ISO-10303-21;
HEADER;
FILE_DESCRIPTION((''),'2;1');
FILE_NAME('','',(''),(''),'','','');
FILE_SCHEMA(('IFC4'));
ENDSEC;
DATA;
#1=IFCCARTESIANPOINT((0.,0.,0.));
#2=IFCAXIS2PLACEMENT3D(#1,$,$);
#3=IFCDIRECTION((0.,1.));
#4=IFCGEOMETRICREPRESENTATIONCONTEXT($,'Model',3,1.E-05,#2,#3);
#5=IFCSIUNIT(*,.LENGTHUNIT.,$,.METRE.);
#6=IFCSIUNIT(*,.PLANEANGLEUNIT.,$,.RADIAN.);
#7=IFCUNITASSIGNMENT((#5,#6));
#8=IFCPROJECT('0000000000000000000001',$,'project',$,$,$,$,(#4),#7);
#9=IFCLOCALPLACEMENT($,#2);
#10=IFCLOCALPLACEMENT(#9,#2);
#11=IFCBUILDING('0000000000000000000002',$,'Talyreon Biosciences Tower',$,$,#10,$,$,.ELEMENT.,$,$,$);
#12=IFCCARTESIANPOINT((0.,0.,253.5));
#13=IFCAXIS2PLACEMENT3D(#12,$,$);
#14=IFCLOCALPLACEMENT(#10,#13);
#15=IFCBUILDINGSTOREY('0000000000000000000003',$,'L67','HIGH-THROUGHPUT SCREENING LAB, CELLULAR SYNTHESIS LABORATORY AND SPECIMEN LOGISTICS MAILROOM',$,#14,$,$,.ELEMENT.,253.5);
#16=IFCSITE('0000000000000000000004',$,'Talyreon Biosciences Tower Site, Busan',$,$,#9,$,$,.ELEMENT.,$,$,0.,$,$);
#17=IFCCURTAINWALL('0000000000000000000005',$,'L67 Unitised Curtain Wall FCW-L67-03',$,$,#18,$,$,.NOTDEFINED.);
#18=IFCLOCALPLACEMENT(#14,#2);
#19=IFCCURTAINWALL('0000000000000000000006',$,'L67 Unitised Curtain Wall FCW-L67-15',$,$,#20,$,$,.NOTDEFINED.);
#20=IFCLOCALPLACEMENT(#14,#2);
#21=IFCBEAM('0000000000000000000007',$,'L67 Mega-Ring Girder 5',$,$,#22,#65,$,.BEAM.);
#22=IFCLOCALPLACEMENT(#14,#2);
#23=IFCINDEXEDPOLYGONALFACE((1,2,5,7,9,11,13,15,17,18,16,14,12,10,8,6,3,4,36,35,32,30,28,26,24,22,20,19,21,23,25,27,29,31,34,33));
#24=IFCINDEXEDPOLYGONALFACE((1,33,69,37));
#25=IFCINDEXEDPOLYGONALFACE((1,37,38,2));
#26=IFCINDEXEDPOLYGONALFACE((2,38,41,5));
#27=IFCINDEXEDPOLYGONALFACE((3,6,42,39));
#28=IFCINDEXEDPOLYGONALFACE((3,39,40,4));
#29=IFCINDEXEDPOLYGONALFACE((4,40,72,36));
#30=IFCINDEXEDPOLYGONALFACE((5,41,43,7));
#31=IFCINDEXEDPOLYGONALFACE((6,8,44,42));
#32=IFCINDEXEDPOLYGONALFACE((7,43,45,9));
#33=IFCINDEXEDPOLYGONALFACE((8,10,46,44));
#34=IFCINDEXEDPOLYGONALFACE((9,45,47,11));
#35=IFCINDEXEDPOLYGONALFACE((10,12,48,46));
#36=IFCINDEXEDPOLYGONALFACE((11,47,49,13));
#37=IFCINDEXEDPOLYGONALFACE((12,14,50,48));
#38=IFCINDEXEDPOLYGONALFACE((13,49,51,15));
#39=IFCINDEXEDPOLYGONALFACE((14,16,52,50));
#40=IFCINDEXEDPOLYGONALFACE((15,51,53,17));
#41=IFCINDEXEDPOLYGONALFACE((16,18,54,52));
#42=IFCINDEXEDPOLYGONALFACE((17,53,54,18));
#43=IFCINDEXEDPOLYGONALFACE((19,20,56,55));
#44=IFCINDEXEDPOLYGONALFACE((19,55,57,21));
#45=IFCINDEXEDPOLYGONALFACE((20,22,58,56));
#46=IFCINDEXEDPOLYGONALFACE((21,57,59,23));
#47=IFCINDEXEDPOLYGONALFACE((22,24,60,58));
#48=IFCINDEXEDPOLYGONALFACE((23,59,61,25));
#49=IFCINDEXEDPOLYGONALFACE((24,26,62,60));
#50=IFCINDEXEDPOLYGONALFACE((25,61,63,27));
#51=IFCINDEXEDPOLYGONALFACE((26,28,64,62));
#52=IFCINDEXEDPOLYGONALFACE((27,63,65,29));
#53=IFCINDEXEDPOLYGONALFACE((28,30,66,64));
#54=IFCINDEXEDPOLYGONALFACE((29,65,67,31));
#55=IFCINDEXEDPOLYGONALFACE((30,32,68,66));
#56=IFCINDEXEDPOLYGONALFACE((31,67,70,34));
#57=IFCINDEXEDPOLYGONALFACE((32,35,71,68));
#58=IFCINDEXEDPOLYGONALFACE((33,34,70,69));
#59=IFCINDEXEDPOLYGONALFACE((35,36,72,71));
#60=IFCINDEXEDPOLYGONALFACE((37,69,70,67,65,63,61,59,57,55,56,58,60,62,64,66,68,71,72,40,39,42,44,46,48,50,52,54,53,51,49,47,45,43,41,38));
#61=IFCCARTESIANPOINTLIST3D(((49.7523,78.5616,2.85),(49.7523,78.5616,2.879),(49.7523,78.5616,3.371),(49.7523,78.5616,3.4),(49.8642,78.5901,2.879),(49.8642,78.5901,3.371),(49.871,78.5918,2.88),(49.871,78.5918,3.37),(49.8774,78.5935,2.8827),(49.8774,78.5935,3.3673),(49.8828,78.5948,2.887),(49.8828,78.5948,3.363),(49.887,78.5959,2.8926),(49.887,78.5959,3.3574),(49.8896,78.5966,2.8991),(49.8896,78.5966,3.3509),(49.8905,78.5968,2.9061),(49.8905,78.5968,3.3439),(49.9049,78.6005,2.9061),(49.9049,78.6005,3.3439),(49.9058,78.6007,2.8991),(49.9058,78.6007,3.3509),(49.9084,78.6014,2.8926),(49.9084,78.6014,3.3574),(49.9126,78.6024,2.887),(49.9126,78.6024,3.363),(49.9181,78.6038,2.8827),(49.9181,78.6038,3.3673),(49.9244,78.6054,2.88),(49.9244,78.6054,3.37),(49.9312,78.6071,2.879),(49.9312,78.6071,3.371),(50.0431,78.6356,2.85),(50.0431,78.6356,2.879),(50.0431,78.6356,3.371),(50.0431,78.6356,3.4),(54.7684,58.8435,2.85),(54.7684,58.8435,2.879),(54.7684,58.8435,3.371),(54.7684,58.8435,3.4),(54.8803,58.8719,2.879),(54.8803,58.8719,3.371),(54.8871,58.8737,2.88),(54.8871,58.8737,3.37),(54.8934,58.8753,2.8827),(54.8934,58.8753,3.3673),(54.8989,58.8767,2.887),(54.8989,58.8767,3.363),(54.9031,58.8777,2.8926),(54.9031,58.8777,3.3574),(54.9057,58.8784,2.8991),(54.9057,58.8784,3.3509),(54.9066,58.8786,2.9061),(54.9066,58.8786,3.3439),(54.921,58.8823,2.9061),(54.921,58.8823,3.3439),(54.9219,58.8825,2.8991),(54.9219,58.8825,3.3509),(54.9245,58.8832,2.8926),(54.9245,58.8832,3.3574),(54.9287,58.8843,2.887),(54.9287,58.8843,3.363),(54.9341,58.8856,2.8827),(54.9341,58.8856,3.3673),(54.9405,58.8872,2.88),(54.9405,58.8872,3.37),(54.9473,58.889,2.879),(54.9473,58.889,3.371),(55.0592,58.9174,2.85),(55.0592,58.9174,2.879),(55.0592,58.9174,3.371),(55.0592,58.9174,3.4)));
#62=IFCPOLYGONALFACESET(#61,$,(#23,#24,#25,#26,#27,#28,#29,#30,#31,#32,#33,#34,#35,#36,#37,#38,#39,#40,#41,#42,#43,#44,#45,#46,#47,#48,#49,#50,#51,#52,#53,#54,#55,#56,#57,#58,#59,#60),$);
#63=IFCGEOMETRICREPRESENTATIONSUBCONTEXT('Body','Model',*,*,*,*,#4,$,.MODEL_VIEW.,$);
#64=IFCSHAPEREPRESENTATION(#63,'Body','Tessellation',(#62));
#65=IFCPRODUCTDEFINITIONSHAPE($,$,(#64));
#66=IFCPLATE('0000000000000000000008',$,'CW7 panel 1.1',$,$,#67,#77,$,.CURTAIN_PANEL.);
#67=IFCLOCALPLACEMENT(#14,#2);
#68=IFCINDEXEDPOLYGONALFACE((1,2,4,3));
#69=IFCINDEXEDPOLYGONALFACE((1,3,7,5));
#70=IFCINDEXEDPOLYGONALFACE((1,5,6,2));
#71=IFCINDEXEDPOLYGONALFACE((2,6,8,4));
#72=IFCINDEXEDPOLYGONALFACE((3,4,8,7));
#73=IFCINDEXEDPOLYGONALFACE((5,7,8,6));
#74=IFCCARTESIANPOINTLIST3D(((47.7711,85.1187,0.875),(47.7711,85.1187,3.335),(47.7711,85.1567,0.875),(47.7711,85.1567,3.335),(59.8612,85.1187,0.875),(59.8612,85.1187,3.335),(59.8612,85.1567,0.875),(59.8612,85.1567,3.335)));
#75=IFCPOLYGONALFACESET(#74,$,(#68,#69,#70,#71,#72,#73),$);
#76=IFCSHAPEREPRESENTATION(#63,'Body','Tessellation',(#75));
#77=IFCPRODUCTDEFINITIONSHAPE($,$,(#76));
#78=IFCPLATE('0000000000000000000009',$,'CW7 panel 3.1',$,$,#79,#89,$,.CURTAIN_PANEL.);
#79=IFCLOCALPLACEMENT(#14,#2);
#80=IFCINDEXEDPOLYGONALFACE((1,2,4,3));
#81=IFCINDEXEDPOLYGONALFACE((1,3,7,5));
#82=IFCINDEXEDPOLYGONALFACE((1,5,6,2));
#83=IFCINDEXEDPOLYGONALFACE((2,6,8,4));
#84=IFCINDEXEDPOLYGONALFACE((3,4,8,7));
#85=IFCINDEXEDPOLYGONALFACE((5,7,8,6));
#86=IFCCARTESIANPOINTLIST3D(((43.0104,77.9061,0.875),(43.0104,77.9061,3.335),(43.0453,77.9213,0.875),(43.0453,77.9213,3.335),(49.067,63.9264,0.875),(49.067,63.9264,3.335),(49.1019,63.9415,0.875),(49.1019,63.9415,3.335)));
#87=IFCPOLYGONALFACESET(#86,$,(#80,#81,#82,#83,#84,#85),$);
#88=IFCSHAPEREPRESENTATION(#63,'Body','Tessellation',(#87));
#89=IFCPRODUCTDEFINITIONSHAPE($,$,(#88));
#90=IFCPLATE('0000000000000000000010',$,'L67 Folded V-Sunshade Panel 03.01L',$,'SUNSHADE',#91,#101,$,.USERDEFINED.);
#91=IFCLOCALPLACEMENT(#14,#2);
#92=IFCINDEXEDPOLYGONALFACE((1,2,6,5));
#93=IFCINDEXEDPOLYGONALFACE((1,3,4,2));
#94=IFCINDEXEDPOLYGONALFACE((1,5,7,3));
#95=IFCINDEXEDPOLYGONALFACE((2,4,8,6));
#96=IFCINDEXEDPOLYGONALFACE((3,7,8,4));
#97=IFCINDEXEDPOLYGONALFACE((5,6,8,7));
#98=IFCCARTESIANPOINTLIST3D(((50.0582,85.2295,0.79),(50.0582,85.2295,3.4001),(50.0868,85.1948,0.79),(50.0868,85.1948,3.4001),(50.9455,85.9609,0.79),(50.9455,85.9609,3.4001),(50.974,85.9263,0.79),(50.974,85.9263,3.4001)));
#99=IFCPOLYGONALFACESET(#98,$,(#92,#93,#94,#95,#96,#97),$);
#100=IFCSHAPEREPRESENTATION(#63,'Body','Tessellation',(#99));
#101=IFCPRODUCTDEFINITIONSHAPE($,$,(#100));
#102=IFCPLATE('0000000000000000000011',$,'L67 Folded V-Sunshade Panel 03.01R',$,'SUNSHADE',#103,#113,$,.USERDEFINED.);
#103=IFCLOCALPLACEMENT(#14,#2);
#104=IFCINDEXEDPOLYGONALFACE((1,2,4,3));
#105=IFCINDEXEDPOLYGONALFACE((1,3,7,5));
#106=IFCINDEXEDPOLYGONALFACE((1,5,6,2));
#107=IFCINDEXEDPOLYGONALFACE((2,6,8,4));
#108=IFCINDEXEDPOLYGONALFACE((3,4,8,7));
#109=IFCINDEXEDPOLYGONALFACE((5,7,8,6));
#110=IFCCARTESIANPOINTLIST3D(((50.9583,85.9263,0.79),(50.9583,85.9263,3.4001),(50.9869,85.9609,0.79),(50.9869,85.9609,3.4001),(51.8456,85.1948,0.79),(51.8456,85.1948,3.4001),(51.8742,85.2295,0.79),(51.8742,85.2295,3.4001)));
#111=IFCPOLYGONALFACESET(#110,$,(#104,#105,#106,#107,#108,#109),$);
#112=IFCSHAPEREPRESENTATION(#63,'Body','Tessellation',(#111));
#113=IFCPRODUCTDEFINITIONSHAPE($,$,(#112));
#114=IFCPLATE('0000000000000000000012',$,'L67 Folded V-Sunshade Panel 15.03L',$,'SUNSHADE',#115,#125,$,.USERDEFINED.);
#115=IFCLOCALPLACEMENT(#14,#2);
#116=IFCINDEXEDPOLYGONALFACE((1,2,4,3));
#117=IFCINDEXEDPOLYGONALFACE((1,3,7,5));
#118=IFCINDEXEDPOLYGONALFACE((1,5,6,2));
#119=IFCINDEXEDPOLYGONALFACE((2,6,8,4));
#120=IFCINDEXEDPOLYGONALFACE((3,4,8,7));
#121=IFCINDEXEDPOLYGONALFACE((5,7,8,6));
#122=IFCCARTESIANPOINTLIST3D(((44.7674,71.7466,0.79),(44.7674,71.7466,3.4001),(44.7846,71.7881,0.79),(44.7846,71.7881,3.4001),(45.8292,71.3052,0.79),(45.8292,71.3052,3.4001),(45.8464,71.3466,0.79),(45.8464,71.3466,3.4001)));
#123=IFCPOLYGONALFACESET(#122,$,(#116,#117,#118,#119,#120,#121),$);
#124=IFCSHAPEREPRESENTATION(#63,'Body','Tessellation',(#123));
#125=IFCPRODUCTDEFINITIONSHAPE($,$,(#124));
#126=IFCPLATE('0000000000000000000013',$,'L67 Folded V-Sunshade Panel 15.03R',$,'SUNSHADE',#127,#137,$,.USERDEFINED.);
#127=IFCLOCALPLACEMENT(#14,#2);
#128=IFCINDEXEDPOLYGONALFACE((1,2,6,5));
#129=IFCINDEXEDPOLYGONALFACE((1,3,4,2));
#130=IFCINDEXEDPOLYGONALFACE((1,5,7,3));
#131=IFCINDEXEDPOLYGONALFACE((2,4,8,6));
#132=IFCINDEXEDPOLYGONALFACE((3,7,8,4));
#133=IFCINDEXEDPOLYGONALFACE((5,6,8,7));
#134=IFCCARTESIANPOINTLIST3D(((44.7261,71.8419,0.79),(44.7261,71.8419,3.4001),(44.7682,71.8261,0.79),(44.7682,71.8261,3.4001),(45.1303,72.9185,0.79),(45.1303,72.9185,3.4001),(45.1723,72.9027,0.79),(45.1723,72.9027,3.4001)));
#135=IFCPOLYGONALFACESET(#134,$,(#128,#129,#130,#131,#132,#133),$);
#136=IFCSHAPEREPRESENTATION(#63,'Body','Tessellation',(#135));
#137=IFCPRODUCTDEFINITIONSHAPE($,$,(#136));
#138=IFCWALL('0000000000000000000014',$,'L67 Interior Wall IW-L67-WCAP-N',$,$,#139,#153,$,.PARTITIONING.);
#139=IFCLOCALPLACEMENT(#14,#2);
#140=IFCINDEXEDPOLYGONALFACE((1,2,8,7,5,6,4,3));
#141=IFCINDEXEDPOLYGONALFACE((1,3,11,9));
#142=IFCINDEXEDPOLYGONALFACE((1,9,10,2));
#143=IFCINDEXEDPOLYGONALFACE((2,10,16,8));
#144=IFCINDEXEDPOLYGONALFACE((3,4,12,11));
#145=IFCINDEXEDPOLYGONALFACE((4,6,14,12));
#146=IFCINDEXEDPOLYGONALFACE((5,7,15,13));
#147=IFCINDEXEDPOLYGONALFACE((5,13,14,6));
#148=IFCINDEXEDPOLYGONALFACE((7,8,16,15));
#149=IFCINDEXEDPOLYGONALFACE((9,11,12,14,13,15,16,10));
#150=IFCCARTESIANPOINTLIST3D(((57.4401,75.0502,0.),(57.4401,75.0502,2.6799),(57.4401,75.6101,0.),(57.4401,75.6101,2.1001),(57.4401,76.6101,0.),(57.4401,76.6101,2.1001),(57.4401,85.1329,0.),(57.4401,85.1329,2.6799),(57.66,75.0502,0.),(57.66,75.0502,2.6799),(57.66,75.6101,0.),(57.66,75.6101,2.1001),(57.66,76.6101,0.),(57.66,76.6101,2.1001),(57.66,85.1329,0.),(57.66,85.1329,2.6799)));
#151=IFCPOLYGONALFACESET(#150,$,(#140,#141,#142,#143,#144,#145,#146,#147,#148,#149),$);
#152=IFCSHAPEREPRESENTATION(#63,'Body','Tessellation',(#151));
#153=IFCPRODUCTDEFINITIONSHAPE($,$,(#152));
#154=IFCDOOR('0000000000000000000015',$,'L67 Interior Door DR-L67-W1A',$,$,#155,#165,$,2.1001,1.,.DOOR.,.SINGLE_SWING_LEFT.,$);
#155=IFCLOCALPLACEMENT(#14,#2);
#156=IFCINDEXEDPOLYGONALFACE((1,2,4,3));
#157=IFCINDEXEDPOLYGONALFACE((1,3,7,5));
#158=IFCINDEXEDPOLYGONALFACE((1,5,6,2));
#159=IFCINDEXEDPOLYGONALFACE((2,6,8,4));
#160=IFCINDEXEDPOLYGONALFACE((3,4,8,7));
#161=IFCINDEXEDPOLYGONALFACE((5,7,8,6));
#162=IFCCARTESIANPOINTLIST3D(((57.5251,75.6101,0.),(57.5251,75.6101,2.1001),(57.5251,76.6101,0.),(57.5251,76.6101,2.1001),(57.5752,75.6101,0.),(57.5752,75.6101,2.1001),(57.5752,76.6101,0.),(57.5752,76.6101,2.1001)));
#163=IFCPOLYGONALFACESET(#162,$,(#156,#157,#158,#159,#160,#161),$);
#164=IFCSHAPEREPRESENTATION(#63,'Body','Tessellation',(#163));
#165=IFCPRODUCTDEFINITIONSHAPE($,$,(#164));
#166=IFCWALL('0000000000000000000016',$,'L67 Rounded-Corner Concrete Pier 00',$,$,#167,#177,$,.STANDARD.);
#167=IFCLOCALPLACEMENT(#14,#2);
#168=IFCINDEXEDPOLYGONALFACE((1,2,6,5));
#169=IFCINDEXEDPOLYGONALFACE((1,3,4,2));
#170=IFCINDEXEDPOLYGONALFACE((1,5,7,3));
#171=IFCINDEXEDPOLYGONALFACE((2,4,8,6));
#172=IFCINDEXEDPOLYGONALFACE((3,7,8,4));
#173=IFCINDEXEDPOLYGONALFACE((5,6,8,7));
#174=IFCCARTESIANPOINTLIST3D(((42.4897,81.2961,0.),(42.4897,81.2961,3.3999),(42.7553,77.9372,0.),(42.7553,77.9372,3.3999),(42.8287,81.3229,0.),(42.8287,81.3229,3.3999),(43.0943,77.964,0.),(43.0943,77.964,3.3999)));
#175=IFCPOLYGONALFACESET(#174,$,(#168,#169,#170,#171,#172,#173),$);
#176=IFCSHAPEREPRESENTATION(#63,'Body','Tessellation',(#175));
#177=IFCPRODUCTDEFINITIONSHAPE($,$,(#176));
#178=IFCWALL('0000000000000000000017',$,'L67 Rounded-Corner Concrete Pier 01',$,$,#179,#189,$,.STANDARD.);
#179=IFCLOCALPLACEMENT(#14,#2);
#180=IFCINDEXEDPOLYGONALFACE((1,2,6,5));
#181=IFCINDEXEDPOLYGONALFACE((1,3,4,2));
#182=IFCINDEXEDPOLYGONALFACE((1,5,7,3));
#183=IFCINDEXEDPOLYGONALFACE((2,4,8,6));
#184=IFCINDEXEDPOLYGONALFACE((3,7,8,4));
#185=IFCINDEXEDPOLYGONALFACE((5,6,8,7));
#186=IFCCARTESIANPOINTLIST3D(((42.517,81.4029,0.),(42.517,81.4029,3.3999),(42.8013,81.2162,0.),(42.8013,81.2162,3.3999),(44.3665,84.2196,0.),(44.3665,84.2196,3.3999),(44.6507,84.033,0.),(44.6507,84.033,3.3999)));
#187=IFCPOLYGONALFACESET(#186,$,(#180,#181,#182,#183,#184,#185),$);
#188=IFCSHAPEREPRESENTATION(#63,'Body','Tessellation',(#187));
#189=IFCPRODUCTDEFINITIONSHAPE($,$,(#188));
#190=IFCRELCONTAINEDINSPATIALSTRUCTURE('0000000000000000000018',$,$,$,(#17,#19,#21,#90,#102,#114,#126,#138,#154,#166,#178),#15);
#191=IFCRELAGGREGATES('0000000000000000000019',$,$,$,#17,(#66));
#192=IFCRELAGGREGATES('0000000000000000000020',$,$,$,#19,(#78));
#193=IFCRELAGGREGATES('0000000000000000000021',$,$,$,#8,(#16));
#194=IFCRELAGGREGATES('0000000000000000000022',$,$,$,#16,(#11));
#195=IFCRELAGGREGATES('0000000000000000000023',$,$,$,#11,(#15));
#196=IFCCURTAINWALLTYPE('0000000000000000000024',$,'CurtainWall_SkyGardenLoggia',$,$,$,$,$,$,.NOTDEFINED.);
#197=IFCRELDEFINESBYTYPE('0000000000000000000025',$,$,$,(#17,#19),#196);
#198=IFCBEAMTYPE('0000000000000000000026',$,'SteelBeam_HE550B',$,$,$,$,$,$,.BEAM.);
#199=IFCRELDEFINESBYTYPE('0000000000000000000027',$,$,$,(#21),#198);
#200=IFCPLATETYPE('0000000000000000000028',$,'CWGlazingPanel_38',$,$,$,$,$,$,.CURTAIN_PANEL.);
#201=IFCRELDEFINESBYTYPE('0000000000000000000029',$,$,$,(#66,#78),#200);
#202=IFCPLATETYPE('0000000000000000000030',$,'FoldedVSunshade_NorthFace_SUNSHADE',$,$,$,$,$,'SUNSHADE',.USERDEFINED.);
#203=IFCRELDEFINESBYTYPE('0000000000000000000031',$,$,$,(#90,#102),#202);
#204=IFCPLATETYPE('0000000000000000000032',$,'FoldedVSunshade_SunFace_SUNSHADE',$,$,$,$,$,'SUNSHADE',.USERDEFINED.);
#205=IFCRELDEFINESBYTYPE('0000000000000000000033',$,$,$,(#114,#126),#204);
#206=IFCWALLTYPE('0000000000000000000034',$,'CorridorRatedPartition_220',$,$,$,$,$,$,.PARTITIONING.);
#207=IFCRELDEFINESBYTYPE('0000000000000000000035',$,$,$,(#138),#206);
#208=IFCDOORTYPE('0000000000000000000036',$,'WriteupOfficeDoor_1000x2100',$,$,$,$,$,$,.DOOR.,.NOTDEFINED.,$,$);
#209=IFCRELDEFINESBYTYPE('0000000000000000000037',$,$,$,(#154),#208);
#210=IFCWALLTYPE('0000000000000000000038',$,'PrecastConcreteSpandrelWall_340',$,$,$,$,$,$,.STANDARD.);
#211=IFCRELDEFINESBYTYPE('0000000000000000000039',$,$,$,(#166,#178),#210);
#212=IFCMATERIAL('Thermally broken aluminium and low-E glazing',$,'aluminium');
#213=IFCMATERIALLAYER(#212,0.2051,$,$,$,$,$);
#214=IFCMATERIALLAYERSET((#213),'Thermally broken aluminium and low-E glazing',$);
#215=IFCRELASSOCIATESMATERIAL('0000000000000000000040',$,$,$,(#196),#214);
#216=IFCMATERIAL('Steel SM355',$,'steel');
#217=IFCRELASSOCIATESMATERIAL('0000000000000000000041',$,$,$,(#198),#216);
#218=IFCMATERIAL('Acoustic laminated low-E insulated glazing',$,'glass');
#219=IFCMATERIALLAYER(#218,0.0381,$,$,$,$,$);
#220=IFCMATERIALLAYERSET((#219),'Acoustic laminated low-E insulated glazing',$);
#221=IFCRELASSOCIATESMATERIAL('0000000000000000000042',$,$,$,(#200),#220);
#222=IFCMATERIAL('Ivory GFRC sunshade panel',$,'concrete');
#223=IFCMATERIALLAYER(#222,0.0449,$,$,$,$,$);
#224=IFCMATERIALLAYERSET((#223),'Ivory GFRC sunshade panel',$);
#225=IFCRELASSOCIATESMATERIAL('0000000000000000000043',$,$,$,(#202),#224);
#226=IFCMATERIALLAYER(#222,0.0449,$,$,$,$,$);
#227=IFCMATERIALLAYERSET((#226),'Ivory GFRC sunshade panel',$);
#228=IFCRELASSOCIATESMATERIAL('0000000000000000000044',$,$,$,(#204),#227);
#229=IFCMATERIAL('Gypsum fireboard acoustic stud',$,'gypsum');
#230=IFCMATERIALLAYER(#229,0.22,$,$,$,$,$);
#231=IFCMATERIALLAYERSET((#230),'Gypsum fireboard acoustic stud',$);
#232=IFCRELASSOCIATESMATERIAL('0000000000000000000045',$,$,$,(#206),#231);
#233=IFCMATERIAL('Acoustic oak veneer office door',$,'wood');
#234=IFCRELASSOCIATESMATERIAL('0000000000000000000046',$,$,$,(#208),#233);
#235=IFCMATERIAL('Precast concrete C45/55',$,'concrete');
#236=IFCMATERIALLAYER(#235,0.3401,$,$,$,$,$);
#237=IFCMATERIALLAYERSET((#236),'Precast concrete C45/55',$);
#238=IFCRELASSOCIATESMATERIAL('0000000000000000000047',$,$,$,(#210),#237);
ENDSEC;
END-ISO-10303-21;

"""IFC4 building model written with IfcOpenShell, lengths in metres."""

from ifc_helpers import new_model, si_unit, direction, frame, frame_2d, origin, origin_2d, place, context, subcontext, project, spatial, rectangle, i_section, extrude, material, layer, layer_set, material_profile, profile_set, type_object, element, fill, aggregate, save


model = new_model("IFC4")

# Units and contexts
model_context = context("Model", 3, precision=1e-05, world=origin(), true_north=direction((0.0, 1.0)))
body_context = subcontext(model_context, "Body", "Model", "MODEL_VIEW")
ifc_project = project(units=[si_unit("LENGTHUNIT", "METRE"), si_unit("PLANEANGLEUNIT", "RADIAN")], contexts=[model_context])

# Site, building, storey
site_placement = place(None, origin())
site = spatial("IfcSite", under=ifc_project, at=site_placement, Name="Talyreon Biosciences Tower Site, Busan", CompositionType="ELEMENT", RefElevation=0.0)
building_placement = place(site_placement, origin())
building = spatial("IfcBuilding", under=site, at=building_placement, Name="Talyreon Biosciences Tower", CompositionType="ELEMENT")
storey_placement = place(building_placement, frame((0.0, 0.0, 253.5)))
storey = spatial("IfcBuildingStorey", under=building, at=storey_placement, Name="L67", Description="HIGH-THROUGHPUT SCREENING LAB, CELLULAR SYNTHESIS LABORATORY AND SPECIMEN LOGISTICS MAILROOM", CompositionType="ELEMENT", Elevation=253.5)

# Curtain walls
ifc_material_1 = material(Name="Thermally broken aluminium and low-E glazing", Category="aluminium")
ifc_layer_1 = layer(ifc_material_1, 0.2051)
ifc_layer_set_1 = layer_set([ifc_layer_1], Name="Thermally broken aluminium and low-E glazing")
curtain_wall_type = type_object("IfcCurtainWallType", Name="CurtainWall_SkyGardenLoggia", PredefinedType="NOTDEFINED", material=ifc_layer_set_1)
curtain_wall_1_placement = place(storey_placement, origin())
curtain_wall_1 = element("IfcCurtainWall", 1, at=curtain_wall_1_placement, inside=storey, type_object=curtain_wall_type, Name="L67 Unitised Curtain Wall FCW-L67-03", PredefinedType="NOTDEFINED")
curtain_wall_2_placement = place(storey_placement, origin())
curtain_wall_2 = element("IfcCurtainWall", 2, at=curtain_wall_2_placement, inside=storey, type_object=curtain_wall_type, Name="L67 Unitised Curtain Wall FCW-L67-15", PredefinedType="NOTDEFINED")

# Beam
ifc_material_2 = material(Name="Precast concrete C45/55", Category="concrete")
ifc_material_3 = material(Name="Steel SM355", Category="steel")
ifc_material_profile_1 = material_profile(ifc_material_3, i_section(OverallWidth=0.3, OverallDepth=0.55, WebThickness=0.0149, FlangeThickness=0.0291, FilletRadius=0.0271, at=origin_2d()), Name="HE550B")
ifc_profile_set_1 = profile_set([ifc_material_profile_1], Name="Steel SM355")
beam_type_1 = type_object("IfcBeamType", Name="SteelBeam_HE550B", PredefinedType="BEAM", material=ifc_profile_set_1)
beam_1_placement = place(storey_placement, frame((49.8977, 78.5986, 3.125), z_axis=(0.246537, -0.969133, 0.0), x_axis=(0.969133, 0.246537, 0.0)))
element("IfcBeam", 3, at=beam_1_placement, inside=storey, type_object=beam_type_1, Name="L67 Mega-Ring Girder 5", PredefinedType="BEAM", context=body_context, shape_type="SweptSolid", body=[
    extrude(i_section(OverallWidth=0.3, OverallDepth=0.55, WebThickness=0.0149, FlangeThickness=0.0291, FilletRadius=0.0271, at=origin_2d()), origin(), (0.0, 0.0, 1.0), 20.3462),
])

# Plates
ifc_material_4 = material(Name="Acoustic laminated low-E insulated glazing", Category="glass")
ifc_layer_2 = layer(ifc_material_4, 0.0381)
ifc_layer_set_2 = layer_set([ifc_layer_2], Name="Acoustic laminated low-E insulated glazing")
plate_type_1 = type_object("IfcPlateType", Name="CWGlazingPanel_38", PredefinedType="CURTAIN_PANEL", material=ifc_layer_set_2)
plate_1_placement = place(storey_placement, frame((53.8162, 85.1377, 0.875), z_axis=(0.0, 0.0, 1.0), x_axis=(1.0, 0.0, 0.0)))
plate_1 = element("IfcPlate", 4, at=plate_1_placement, type_object=plate_type_1, Name="CW7 panel 1.1", PredefinedType="CURTAIN_PANEL", context=body_context, shape_type="SweptSolid", body=[
    extrude(rectangle(XDim=12.0901, YDim=0.0381, at=origin_2d()), origin(), (0.0, 0.0, 1.0), 2.46),
])
aggregate(curtain_wall_1, [plate_1])
plate_2_placement = place(storey_placement, frame((46.0562, 70.9238, 0.875), z_axis=(0.0, 0.0, 1.0), x_axis=(-0.397537, 0.917586, 0.0)))
plate_2 = element("IfcPlate", 5, at=plate_2_placement, type_object=plate_type_1, Name="CW7 panel 3.1", PredefinedType="CURTAIN_PANEL", context=body_context, shape_type="SweptSolid", body=[
    extrude(rectangle(XDim=15.2354, YDim=0.0381, at=origin_2d()), origin(), (0.0, 0.0, 1.0), 2.46),
])
aggregate(curtain_wall_2, [plate_2])

# Plates
ifc_material_5 = material(Name="Ivory GFRC sunshade panel", Category="concrete")
ifc_layer_3 = layer(ifc_material_5, 0.0449)
ifc_layer_set_3 = layer_set([ifc_layer_3], Name="Ivory GFRC sunshade panel")
plate_type_2 = type_object("IfcPlateType", Name="FoldedVSunshade_NorthFace_SUNSHADE", ElementType="SUNSHADE", PredefinedType="USERDEFINED", material=ifc_layer_set_3)
for number, where, z_axis, x_axis, name in (
    (6, (50.5161, 85.5779, 0.79), (0.0, 0.0, 1.0), (0.771625, 0.636078, 0.0), "L67 Folded V-Sunshade Panel 03.01L"),
    (7, (51.4163, 85.5779, 0.79), (0.0, 0.0, 1.0), (0.771625, -0.636078, 0.0), "L67 Folded V-Sunshade Panel 03.01R"),
):
    element("IfcPlate", number, at=place(storey_placement, frame(where, z_axis=z_axis, x_axis=x_axis)), inside=storey, type_object=plate_type_2, Name=name, ObjectType="SUNSHADE", PredefinedType="USERDEFINED", context=body_context, shape_type="SweptSolid", body=[
        extrude(rectangle(XDim=1.1499, YDim=0.0449, at=origin_2d()), origin(), (0.0, 0.0, 1.0), 2.6101),
    ])
ifc_layer_4 = layer(ifc_material_5, 0.0449)
ifc_layer_set_4 = layer_set([ifc_layer_4], Name="Ivory GFRC sunshade panel")
plate_type_3 = type_object("IfcPlateType", Name="FoldedVSunshade_SunFace_SUNSHADE", ElementType="SUNSHADE", PredefinedType="USERDEFINED", material=ifc_layer_set_4)
for number, where, z_axis, x_axis, name in (
    (8, (45.3069, 71.5466, 0.79), (0.0, 0.0, 1.0), (-0.923371, 0.383909, 0.0), "L67 Folded V-Sunshade Panel 15.03L"),
    (9, (44.9492, 72.3723, 0.79), (0.0, 0.0, 1.0), (0.35145, 0.936207, 0.0), "L67 Folded V-Sunshade Panel 15.03R"),
):
    element("IfcPlate", number, at=place(storey_placement, frame(where, z_axis=z_axis, x_axis=x_axis)), inside=storey, type_object=plate_type_3, Name=name, ObjectType="SUNSHADE", PredefinedType="USERDEFINED", context=body_context, shape_type="SweptSolid", body=[
        extrude(rectangle(XDim=1.1499, YDim=0.0449, at=origin_2d()), origin(), (0.0, 0.0, 1.0), 2.6101),
    ])

# Wall, opening, door
ifc_material_6 = material(Name="Gypsum fireboard acoustic stud", Category="gypsum")
ifc_layer_5 = layer(ifc_material_6, 0.22)
ifc_layer_set_5 = layer_set([ifc_layer_5], Name="Gypsum fireboard acoustic stud")
wall_type_1 = type_object("IfcWallType", Name="CorridorRatedPartition_220", PredefinedType="PARTITIONING", material=ifc_layer_set_5)
wall_1_placement = place(storey_placement, frame((57.55, 75.05, 0.0), z_axis=(0.0, 0.0, 1.0), x_axis=(0.0, 1.0, 0.0)))
wall_1 = element("IfcWall", 10, at=wall_1_placement, inside=storey, type_object=wall_type_1, Name="L67 Interior Wall IW-L67-WCAP-N", PredefinedType="PARTITIONING", context=body_context, shape_type="SweptSolid", body=[
    extrude(rectangle(XDim=10.0828, YDim=0.22, at=frame_2d((5.0415, 0.0))), origin(), (0.0, 0.0, 1.0), 2.6799),
])
opening_placement = place(wall_1_placement, frame((0.5601, 0.0, 0.0)))
opening = element("IfcOpeningElement", 11, at=opening_placement, cuts=wall_1, PredefinedType="OPENING", context=body_context, shape_type="SweptSolid", body=[
    extrude(rectangle(XDim=1.0, YDim=2.1001, at=frame_2d((0.5, 1.05))), frame((0.0, 0.1199, 0.0), z_axis=(0.0, -1.0, 0.0), x_axis=(1.0, 0.0, 0.0)), (0.0, 0.0, 1.0), 0.24),
])
ifc_material_7 = material(Name="Acoustic oak veneer office door", Category="wood")
door_type = type_object("IfcDoorType", Name="WriteupOfficeDoor_1000x2100", OperationType="NOTDEFINED", PredefinedType="DOOR", material=ifc_material_7)
door_placement = place(opening_placement, origin())
door = element("IfcDoor", 12, at=door_placement, inside=storey, type_object=door_type, Name="L67 Interior Door DR-L67-W1A", OperationType="SINGLE_SWING_LEFT", OverallHeight=2.1001, OverallWidth=1.0, PredefinedType="DOOR", context=body_context, shape_type="SweptSolid", body=[
    extrude(rectangle(XDim=1.0, YDim=2.1001, at=frame_2d((0.5, 1.05))), frame((0.0, 0.0249, 0.0), z_axis=(0.0, -1.0, 0.0), x_axis=(1.0, 0.0, 0.0)), (0.0, 0.0, 1.0), 0.05),
])
fill(opening, door)

# Walls
ifc_layer_6 = layer(ifc_material_2, 0.3401)
ifc_layer_set_6 = layer_set([ifc_layer_6], Name="Precast concrete C45/55")
wall_type_2 = type_object("IfcWallType", Name="PrecastConcreteSpandrelWall_340", PredefinedType="STANDARD", material=ifc_layer_set_6)
wall_2_placement = place(storey_placement, frame((42.9248, 77.9507, 0.0), z_axis=(0.0, 0.0, 1.0), x_axis=(-0.078835, 0.996888, 0.0)))
element("IfcWall", 13, at=wall_2_placement, inside=storey, type_object=wall_type_2, Name="L67 Rounded-Corner Concrete Pier 00", PredefinedType="STANDARD", context=body_context, shape_type="SweptSolid", body=[
    extrude(rectangle(XDim=3.3694, YDim=0.3401, at=frame_2d((1.6846, 0.0))), origin(), (0.0, 0.0, 1.0), 3.3999),
])
wall_3_placement = place(storey_placement, frame((42.6592, 81.3096, 0.0), z_axis=(0.0, 0.0, 1.0), x_axis=(0.548851, 0.83592, 0.0)))
element("IfcWall", 14, at=wall_3_placement, inside=storey, type_object=wall_type_2, Name="L67 Rounded-Corner Concrete Pier 01", PredefinedType="STANDARD", context=body_context, shape_type="SweptSolid", body=[
    extrude(rectangle(XDim=3.3696, YDim=0.3401, at=frame_2d((1.6848, 0.0))), origin(), (0.0, 0.0, 1.0), 3.3999),
])

save(model, "model.ifc")
